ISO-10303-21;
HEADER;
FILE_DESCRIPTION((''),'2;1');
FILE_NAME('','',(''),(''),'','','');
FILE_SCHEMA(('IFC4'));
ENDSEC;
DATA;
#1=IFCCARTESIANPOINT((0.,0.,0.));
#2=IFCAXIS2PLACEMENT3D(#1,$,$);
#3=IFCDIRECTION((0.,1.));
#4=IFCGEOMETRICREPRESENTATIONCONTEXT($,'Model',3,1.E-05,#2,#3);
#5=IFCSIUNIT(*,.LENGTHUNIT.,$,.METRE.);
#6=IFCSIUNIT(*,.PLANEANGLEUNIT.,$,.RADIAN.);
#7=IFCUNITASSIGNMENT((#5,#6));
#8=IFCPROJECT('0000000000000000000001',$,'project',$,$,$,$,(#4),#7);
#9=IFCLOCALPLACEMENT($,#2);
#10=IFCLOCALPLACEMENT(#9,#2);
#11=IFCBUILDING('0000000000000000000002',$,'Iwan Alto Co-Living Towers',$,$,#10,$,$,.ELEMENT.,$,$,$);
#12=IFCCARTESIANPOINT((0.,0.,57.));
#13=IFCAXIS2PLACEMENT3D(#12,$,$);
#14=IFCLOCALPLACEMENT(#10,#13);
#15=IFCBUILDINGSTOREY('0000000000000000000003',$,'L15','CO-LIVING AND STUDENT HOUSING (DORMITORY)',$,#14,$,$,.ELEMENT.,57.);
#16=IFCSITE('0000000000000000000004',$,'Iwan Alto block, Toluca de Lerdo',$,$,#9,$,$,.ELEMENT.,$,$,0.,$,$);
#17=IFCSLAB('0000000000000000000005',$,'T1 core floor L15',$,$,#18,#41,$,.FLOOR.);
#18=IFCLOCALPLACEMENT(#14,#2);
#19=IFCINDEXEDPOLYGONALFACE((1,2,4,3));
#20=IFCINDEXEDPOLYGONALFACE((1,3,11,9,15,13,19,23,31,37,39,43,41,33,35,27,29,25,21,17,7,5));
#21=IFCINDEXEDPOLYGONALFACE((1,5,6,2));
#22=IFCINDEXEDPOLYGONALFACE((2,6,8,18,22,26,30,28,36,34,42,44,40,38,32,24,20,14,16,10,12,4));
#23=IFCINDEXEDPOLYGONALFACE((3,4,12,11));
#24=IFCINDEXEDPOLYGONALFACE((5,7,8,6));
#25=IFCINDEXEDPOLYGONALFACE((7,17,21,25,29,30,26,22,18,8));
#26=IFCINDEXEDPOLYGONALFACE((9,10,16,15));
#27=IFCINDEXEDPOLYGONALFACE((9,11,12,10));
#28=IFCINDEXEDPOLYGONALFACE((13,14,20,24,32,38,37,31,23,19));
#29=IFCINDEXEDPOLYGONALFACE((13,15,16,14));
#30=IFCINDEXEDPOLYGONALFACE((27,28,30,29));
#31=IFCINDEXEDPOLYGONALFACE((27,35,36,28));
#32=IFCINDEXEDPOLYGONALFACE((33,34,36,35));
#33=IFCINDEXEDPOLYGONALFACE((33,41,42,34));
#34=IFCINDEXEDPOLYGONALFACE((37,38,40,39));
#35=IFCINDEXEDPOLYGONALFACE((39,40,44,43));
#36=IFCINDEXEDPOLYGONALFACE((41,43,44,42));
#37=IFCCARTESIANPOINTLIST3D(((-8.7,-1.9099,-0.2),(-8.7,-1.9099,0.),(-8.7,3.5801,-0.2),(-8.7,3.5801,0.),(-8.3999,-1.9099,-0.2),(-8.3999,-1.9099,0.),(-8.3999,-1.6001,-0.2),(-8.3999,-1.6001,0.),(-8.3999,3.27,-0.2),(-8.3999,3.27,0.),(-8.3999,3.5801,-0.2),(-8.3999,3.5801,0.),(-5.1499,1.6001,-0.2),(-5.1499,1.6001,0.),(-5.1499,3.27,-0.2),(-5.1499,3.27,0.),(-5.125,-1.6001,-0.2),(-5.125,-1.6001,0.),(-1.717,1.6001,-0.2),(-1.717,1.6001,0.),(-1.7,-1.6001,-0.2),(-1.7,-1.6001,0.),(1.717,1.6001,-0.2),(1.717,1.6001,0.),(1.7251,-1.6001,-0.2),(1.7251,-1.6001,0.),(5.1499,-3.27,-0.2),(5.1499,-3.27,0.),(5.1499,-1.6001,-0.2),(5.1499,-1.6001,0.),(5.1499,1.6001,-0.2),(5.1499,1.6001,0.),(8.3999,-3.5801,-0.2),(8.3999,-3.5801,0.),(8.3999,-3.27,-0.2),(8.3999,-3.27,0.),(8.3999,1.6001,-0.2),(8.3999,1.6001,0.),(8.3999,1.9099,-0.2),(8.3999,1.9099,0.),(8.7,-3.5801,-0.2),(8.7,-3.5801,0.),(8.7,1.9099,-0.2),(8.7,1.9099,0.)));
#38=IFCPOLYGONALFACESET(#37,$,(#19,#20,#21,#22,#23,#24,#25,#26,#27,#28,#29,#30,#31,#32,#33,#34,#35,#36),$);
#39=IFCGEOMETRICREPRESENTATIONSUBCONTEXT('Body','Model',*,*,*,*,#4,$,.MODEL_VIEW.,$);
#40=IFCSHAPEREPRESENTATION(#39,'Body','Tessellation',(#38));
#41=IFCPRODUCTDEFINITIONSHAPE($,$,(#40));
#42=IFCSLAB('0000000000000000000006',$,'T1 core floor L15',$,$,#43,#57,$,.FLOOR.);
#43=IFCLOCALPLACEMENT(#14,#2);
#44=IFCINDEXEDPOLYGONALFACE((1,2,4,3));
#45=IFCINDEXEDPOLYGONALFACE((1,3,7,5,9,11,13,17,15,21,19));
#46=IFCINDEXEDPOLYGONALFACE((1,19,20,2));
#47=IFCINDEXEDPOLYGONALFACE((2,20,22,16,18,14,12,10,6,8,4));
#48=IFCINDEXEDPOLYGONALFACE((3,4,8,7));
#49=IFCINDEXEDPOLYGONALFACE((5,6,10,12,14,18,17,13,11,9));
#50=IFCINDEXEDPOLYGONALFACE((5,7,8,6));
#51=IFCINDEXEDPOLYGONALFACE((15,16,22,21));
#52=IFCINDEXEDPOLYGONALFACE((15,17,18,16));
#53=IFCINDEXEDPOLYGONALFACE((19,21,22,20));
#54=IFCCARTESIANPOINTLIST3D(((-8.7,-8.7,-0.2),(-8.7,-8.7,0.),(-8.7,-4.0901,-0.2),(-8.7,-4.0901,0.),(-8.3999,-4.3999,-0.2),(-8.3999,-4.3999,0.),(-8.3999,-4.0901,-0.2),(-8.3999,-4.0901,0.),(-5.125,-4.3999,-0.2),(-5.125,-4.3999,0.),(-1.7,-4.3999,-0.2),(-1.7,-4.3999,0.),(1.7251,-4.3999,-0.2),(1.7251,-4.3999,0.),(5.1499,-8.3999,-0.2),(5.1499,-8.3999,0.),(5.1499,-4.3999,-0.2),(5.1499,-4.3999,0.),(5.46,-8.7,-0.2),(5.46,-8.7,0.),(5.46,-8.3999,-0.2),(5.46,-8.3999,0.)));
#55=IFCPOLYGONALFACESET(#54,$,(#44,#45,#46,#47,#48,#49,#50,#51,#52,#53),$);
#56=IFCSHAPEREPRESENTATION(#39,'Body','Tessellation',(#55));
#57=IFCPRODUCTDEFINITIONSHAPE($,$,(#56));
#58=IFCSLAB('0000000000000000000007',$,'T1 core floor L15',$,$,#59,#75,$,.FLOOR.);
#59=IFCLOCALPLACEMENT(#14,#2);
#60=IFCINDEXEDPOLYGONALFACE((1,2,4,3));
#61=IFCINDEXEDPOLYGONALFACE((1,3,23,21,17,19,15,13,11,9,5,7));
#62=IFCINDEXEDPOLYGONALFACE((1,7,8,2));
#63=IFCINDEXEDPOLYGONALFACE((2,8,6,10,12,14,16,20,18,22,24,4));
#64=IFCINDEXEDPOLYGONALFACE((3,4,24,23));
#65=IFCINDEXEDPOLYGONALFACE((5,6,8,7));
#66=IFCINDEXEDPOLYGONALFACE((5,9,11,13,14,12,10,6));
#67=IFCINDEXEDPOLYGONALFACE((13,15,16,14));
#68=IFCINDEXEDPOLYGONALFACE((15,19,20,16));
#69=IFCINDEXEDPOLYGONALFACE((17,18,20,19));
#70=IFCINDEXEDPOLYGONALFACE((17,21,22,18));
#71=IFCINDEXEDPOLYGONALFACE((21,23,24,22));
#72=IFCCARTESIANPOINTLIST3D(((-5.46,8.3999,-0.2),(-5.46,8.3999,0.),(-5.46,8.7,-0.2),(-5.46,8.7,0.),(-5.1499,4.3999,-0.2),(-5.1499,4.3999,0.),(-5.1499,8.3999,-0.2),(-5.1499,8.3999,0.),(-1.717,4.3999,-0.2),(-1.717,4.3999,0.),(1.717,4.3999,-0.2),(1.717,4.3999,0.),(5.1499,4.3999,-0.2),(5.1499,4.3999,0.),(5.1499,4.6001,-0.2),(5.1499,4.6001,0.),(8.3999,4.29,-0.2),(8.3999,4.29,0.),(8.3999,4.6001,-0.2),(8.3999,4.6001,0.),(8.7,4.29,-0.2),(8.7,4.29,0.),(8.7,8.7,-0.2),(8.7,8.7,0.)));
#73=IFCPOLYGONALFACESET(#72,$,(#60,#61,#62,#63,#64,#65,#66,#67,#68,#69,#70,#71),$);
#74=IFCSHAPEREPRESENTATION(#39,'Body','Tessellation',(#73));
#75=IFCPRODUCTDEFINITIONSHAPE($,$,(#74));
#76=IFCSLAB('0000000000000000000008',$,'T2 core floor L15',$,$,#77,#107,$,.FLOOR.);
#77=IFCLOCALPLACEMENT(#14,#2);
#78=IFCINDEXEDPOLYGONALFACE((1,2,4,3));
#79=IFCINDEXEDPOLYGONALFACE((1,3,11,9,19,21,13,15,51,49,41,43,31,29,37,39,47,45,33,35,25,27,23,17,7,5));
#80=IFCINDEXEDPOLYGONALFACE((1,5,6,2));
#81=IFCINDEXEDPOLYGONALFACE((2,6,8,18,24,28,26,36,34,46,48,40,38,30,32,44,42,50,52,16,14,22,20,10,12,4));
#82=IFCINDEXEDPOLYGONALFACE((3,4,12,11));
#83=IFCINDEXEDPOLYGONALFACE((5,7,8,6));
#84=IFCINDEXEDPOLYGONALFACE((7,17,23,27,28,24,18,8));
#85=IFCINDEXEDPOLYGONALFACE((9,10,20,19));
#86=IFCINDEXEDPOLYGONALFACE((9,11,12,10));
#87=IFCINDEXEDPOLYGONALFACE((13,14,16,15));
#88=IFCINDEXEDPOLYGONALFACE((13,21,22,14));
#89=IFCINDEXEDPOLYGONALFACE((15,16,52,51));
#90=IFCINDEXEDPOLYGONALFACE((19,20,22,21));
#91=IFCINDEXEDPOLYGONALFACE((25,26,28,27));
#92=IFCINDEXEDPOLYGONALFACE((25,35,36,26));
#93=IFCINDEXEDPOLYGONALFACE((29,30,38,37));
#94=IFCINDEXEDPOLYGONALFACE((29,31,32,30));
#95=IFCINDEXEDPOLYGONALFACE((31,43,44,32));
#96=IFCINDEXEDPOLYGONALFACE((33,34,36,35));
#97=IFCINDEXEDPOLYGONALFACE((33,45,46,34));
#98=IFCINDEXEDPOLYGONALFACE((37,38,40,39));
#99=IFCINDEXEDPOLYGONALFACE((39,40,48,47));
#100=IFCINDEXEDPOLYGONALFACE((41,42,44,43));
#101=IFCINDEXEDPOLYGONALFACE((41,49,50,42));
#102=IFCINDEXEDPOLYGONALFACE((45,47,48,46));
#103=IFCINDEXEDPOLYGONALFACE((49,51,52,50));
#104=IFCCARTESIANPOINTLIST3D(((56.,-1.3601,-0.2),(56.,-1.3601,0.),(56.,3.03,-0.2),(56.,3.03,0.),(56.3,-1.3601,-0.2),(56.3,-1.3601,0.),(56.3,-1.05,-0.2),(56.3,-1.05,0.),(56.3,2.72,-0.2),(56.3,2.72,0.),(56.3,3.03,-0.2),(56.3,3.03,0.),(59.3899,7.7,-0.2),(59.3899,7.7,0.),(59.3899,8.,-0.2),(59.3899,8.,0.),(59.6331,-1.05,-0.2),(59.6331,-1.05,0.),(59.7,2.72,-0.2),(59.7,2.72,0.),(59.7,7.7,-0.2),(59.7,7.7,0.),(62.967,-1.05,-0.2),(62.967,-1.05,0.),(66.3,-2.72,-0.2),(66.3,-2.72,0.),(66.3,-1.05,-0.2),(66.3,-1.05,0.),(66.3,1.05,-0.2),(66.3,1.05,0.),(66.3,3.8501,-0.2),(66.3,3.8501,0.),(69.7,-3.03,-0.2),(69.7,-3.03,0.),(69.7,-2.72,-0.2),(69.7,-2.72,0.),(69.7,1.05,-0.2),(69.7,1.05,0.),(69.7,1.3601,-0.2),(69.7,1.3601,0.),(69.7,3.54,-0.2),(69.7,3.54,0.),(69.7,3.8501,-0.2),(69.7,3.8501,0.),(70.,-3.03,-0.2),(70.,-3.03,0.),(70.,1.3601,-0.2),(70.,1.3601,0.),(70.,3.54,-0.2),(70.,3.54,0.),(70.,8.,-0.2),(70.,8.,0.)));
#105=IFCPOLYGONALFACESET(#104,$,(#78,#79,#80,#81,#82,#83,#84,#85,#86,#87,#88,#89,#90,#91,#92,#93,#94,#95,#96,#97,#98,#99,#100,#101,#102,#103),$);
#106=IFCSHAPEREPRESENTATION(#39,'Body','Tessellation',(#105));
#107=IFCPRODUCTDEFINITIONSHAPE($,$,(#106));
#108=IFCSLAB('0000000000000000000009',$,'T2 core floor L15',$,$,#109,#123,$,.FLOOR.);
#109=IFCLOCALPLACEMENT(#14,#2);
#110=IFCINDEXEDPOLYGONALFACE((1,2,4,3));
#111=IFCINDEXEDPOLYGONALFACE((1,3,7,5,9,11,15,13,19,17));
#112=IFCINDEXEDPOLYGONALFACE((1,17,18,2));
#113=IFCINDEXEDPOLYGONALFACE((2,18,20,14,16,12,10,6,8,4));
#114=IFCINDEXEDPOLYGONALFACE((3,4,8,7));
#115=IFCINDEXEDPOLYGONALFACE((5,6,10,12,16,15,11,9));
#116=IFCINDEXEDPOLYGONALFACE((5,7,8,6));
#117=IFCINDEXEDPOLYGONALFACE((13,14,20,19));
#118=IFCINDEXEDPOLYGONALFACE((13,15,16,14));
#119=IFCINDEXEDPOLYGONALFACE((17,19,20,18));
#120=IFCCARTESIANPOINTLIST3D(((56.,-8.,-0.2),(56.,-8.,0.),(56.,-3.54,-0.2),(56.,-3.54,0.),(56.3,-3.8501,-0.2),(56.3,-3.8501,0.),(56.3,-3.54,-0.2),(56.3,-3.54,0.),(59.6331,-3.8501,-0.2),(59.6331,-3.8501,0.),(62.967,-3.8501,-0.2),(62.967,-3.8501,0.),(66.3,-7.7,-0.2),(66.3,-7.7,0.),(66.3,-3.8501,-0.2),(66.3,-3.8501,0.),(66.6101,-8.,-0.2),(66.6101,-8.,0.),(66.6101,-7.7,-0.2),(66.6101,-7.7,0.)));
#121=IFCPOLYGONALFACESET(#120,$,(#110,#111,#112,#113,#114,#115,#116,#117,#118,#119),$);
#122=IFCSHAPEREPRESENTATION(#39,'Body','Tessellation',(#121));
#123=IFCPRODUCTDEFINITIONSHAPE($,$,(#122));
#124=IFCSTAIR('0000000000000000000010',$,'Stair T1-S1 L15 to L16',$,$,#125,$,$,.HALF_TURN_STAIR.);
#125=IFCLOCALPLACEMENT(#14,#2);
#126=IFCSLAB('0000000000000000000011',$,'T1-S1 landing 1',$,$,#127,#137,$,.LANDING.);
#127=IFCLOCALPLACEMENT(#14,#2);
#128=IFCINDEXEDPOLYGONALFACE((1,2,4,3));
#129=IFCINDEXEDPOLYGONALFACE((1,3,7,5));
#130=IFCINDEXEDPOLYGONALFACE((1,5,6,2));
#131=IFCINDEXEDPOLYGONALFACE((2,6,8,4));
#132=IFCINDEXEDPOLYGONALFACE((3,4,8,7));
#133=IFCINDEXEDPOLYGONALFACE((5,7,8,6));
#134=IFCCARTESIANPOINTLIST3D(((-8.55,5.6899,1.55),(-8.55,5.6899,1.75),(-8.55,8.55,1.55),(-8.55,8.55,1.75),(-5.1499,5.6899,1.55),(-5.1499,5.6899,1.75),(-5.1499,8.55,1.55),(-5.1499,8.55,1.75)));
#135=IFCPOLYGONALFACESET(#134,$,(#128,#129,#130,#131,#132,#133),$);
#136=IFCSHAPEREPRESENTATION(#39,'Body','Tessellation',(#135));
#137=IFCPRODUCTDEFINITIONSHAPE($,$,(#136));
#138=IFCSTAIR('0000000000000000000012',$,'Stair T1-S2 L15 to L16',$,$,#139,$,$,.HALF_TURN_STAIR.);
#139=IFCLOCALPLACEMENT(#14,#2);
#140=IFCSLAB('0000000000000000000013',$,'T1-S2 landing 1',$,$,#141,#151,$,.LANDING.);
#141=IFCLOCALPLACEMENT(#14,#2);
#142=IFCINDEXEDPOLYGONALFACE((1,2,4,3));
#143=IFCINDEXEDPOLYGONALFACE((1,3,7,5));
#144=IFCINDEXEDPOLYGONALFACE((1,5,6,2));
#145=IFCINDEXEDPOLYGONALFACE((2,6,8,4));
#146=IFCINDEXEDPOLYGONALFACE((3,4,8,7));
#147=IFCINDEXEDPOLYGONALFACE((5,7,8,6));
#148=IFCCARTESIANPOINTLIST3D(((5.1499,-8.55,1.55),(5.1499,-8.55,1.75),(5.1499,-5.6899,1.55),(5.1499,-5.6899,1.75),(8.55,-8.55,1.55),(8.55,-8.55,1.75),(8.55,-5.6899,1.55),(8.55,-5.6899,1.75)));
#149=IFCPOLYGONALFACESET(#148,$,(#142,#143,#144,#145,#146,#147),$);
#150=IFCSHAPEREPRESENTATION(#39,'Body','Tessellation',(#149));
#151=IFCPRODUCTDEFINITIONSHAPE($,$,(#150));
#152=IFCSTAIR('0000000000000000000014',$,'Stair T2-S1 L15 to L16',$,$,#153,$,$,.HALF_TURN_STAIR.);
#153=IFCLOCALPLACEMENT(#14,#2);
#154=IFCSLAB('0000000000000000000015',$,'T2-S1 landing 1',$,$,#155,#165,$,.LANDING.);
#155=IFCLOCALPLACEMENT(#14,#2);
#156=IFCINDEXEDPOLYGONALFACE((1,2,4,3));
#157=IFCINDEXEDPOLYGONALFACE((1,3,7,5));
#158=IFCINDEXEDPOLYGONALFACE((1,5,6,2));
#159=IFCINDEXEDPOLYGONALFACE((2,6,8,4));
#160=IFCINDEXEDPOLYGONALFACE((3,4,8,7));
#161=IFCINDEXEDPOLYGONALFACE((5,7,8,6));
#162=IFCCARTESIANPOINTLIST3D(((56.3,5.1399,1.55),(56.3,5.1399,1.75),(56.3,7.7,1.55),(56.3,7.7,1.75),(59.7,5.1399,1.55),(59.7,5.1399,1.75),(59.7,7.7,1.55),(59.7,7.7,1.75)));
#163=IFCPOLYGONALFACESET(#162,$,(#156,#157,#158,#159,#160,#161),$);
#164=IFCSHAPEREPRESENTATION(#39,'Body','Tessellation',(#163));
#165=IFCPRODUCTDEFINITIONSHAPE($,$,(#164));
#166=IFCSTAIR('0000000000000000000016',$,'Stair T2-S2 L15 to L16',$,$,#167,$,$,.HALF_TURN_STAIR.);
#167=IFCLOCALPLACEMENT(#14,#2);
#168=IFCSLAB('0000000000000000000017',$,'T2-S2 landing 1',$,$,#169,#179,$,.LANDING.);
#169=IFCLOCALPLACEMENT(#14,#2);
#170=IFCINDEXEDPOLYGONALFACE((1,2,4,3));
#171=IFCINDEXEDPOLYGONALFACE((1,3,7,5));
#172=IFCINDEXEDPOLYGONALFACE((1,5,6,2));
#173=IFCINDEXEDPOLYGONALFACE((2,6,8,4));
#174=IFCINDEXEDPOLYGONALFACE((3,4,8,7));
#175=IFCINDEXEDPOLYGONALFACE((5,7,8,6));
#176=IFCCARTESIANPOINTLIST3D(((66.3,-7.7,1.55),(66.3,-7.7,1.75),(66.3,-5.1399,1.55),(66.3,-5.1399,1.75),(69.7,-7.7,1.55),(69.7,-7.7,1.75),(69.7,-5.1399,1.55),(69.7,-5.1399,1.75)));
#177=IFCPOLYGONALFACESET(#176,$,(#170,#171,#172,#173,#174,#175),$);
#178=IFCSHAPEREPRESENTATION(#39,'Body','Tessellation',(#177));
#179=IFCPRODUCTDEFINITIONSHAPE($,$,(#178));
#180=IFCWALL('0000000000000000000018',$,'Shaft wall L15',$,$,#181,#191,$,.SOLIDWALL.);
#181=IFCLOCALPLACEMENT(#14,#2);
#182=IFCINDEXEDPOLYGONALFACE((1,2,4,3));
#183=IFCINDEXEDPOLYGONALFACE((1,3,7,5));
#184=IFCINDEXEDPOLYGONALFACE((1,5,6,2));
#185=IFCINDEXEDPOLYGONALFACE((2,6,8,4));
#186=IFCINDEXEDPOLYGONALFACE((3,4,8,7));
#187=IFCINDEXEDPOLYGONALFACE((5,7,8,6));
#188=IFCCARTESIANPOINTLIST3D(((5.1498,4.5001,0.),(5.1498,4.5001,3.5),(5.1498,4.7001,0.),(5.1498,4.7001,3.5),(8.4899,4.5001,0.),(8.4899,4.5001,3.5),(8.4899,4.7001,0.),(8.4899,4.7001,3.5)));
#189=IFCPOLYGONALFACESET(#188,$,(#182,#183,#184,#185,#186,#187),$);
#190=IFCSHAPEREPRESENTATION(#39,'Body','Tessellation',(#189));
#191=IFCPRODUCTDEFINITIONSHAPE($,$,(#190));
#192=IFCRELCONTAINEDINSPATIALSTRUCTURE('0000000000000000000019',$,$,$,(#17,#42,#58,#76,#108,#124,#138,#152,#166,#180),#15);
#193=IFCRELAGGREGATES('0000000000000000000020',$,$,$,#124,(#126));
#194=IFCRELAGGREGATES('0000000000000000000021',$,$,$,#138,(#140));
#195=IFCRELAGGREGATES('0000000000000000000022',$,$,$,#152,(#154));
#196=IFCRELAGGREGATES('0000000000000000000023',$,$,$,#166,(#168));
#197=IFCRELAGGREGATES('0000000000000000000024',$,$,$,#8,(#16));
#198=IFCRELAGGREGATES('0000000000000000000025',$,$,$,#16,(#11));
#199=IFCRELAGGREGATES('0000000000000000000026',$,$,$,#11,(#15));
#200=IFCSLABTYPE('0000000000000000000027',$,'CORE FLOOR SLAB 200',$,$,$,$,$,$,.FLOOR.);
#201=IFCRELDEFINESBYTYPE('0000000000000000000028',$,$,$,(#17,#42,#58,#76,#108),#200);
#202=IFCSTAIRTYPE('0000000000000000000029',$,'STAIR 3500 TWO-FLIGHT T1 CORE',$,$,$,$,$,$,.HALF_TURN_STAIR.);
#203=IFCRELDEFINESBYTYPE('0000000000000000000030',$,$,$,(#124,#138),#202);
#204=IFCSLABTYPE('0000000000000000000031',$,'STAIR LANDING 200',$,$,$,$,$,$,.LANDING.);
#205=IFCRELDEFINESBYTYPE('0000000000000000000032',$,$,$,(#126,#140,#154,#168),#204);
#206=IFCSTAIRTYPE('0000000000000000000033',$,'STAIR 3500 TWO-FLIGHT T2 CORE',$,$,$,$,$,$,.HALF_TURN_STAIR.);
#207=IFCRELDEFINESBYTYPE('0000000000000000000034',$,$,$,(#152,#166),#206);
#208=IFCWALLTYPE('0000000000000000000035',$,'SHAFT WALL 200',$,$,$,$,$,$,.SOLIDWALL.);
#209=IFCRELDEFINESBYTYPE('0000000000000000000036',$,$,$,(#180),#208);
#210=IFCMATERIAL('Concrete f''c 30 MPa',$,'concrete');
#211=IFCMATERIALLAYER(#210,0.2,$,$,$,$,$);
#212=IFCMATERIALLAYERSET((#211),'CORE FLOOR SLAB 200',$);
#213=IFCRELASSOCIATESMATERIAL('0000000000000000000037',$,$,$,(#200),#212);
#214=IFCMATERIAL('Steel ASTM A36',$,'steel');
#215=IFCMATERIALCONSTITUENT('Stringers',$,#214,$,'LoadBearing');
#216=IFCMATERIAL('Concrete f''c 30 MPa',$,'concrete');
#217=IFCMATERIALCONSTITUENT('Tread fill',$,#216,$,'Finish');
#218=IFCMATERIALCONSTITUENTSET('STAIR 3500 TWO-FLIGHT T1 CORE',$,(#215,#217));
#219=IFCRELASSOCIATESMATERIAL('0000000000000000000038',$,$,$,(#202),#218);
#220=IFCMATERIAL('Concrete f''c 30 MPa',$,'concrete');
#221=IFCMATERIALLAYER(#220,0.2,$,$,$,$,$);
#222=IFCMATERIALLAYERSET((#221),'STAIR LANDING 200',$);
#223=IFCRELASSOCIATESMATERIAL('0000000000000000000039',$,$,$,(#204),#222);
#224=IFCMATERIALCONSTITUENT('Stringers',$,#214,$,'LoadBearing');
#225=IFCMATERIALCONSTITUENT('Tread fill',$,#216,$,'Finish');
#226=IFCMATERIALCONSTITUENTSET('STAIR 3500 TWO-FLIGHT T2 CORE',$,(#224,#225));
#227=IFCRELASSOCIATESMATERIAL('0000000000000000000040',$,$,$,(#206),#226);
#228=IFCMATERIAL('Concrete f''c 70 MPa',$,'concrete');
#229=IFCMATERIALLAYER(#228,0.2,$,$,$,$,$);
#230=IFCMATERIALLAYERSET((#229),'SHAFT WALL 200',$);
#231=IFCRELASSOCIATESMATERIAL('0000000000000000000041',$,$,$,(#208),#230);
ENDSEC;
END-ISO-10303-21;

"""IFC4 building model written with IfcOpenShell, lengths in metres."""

from ifc_helpers import new_model, si_unit, direction, frame, frame_2d, origin, place, context, subcontext, project, spatial, polyline, rectangle, outline, extrude, material, layer, layer_set, constituent, constituent_set, type_object, element, aggregate, save


model = new_model("IFC4")

# Units and contexts
model_context = context("Model", 3, precision=1e-05, world=origin(), true_north=direction((0.0, 1.0)))
body_context = subcontext(model_context, "Body", "Model", "MODEL_VIEW")
ifc_project = project(units=[si_unit("LENGTHUNIT", "METRE"), si_unit("PLANEANGLEUNIT", "RADIAN")], contexts=[model_context])

# Site, building, storey
site_placement = place(None, origin())
site = spatial("IfcSite", under=ifc_project, at=site_placement, Name="Iwan Alto block, Toluca de Lerdo", CompositionType="ELEMENT", RefElevation=0.0)
building_placement = place(site_placement, origin())
building = spatial("IfcBuilding", under=site, at=building_placement, Name="Iwan Alto Co-Living Towers", CompositionType="ELEMENT")
storey_placement = place(building_placement, frame((0.0, 0.0, 57.0)))
storey = spatial("IfcBuildingStorey", under=building, at=storey_placement, Name="L15", Description="CO-LIVING AND STUDENT HOUSING (DORMITORY)", CompositionType="ELEMENT", Elevation=57.0)

# Slabs
ifc_material_1 = material(Name="Concrete f'c 30 MPa", Category="concrete")
ifc_layer_1 = layer(ifc_material_1, 0.2)
ifc_layer_set_1 = layer_set([ifc_layer_1], Name="CORE FLOOR SLAB 200")
slab_type_1 = type_object("IfcSlabType", Name="CORE FLOOR SLAB 200", PredefinedType="FLOOR", material=ifc_layer_set_1)
slab_1_placement = place(storey_placement, frame((0.0, 0.0, -0.2)))
element("IfcSlab", 1, at=slab_1_placement, inside=storey, type_object=slab_type_1, Name="T1 core floor L15", PredefinedType="FLOOR", context=body_context, shape_type="SweptSolid", body=[
    extrude(outline(polyline([(8.7, -3.5801), (8.3999, -3.5801), (8.3999, -3.27), (5.1499, -3.27), (5.1499, -1.6001), (1.7251, -1.6001), (-1.7, -1.6001), (-5.125, -1.6001), (-8.3999, -1.6001), (-8.3999, -1.9099), (-8.7, -1.9099), (-8.7, 3.5801), (-8.3999, 3.5801), (-8.3999, 3.27), (-5.1499, 3.27), (-5.1499, 1.6001), (-1.717, 1.6001), (1.717, 1.6001), (5.1499, 1.6001), (8.3999, 1.6001), (8.3999, 1.9099), (8.7, 1.9099), (8.7, -3.5801)])), origin(), (0.0, 0.0, 1.0), 0.2),
])
slab_2_placement = place(storey_placement, frame((0.0, 0.0, -0.2)))
element("IfcSlab", 2, at=slab_2_placement, inside=storey, type_object=slab_type_1, Name="T1 core floor L15", PredefinedType="FLOOR", context=body_context, shape_type="SweptSolid", body=[
    extrude(outline(polyline([(-1.7, -4.3999), (1.7251, -4.3999), (5.1499, -4.3999), (5.1499, -8.3999), (5.46, -8.3999), (5.46, -8.7), (-8.7, -8.7), (-8.7, -4.0901), (-8.3999, -4.0901), (-8.3999, -4.3999), (-5.125, -4.3999), (-1.7, -4.3999)])), origin(), (0.0, 0.0, 1.0), 0.2),
])
slab_3_placement = place(storey_placement, frame((0.0, 0.0, -0.2)))
element("IfcSlab", 3, at=slab_3_placement, inside=storey, type_object=slab_type_1, Name="T1 core floor L15", PredefinedType="FLOOR", context=body_context, shape_type="SweptSolid", body=[
    extrude(outline(polyline([(1.717, 4.3999), (-1.717, 4.3999), (-5.1499, 4.3999), (-5.1499, 8.3999), (-5.46, 8.3999), (-5.46, 8.7), (8.7, 8.7), (8.7, 4.29), (8.3999, 4.29), (8.3999, 4.6001), (5.1499, 4.6001), (5.1499, 4.3999), (1.717, 4.3999)])), origin(), (0.0, 0.0, 1.0), 0.2),
])
slab_4_placement = place(storey_placement, frame((0.0, 0.0, -0.2)))
element("IfcSlab", 4, at=slab_4_placement, inside=storey, type_object=slab_type_1, Name="T2 core floor L15", PredefinedType="FLOOR", context=body_context, shape_type="SweptSolid", body=[
    extrude(outline(polyline([(70.0, -3.03), (69.7, -3.03), (69.7, -2.72), (66.3, -2.72), (66.3, -1.05), (62.967, -1.05), (59.6331, -1.05), (56.3, -1.05), (56.3, -1.3601), (56.0, -1.3601), (56.0, 3.03), (56.3, 3.03), (56.3, 2.72), (59.7, 2.72), (59.7, 7.7), (59.3899, 7.7), (59.3899, 8.0), (70.0, 8.0), (70.0, 3.54), (69.7, 3.54), (69.7, 3.8501), (66.3, 3.8501), (66.3, 1.05), (69.7, 1.05), (69.7, 1.3601), (70.0, 1.3601), (70.0, -3.03)])), origin(), (0.0, 0.0, 1.0), 0.2),
])
slab_5_placement = place(storey_placement, frame((0.0, 0.0, -0.2)))
element("IfcSlab", 5, at=slab_5_placement, inside=storey, type_object=slab_type_1, Name="T2 core floor L15", PredefinedType="FLOOR", context=body_context, shape_type="SweptSolid", body=[
    extrude(outline(polyline([(62.967, -3.8501), (66.3, -3.8501), (66.3, -7.7), (66.6101, -7.7), (66.6101, -8.0), (56.0, -8.0), (56.0, -3.54), (56.3, -3.54), (56.3, -3.8501), (59.6331, -3.8501), (62.967, -3.8501)])), origin(), (0.0, 0.0, 1.0), 0.2),
])

# Stairs, slabs
ifc_material_2 = material(Name="Steel ASTM A36", Category="steel")
ifc_constituent_1 = constituent(ifc_material_2, Name="Stringers", Category="LoadBearing")
ifc_material_3 = material(Name="Concrete f'c 30 MPa", Category="concrete")
ifc_constituent_2 = constituent(ifc_material_3, Name="Tread fill", Category="Finish")
ifc_constituent_set_1 = constituent_set(constituents=[ifc_constituent_1, ifc_constituent_2], Name="STAIR 3500 TWO-FLIGHT T1 CORE")
stair_type_1 = type_object("IfcStairType", Name="STAIR 3500 TWO-FLIGHT T1 CORE", PredefinedType="HALF_TURN_STAIR", material=ifc_constituent_set_1)
stair_1_placement = place(storey_placement, origin())
stair_1 = element("IfcStair", 6, at=stair_1_placement, inside=storey, type_object=stair_type_1, Name="Stair T1-S1 L15 to L16", PredefinedType="HALF_TURN_STAIR")
ifc_material_4 = material(Name="Concrete f'c 30 MPa", Category="concrete")
ifc_layer_2 = layer(ifc_material_4, 0.2)
ifc_layer_set_2 = layer_set([ifc_layer_2], Name="STAIR LANDING 200")
slab_type_2 = type_object("IfcSlabType", Name="STAIR LANDING 200", PredefinedType="LANDING", material=ifc_layer_set_2)
slab_6_placement = place(storey_placement, frame((0.0, 0.0, 1.55)))
slab_6 = element("IfcSlab", 7, at=slab_6_placement, type_object=slab_type_2, Name="T1-S1 landing 1", PredefinedType="LANDING", context=body_context, shape_type="SweptSolid", body=[
    extrude(outline(polyline([(-8.55, 5.6899), (-8.55, 8.55), (-5.1499, 8.55), (-5.1499, 5.6899), (-8.55, 5.6899)])), origin(), (0.0, 0.0, 1.0), 0.2),
])
aggregate(stair_1, [slab_6])
stair_2_placement = place(storey_placement, origin())
stair_2 = element("IfcStair", 8, at=stair_2_placement, inside=storey, type_object=stair_type_1, Name="Stair T1-S2 L15 to L16", PredefinedType="HALF_TURN_STAIR")
slab_7_placement = place(storey_placement, frame((0.0, 0.0, 1.55)))
slab_7 = element("IfcSlab", 9, at=slab_7_placement, type_object=slab_type_2, Name="T1-S2 landing 1", PredefinedType="LANDING", context=body_context, shape_type="SweptSolid", body=[
    extrude(outline(polyline([(5.1499, -5.6899), (5.1499, -8.55), (8.55, -8.55), (8.55, -5.6899), (5.1499, -5.6899)])), origin(), (0.0, 0.0, 1.0), 0.2),
])
aggregate(stair_2, [slab_7])
ifc_constituent_3 = constituent(ifc_material_2, Name="Stringers", Category="LoadBearing")
ifc_constituent_4 = constituent(ifc_material_3, Name="Tread fill", Category="Finish")
ifc_constituent_set_2 = constituent_set(constituents=[ifc_constituent_3, ifc_constituent_4], Name="STAIR 3500 TWO-FLIGHT T2 CORE")
stair_type_2 = type_object("IfcStairType", Name="STAIR 3500 TWO-FLIGHT T2 CORE", PredefinedType="HALF_TURN_STAIR", material=ifc_constituent_set_2)
stair_3_placement = place(storey_placement, origin())
stair_3 = element("IfcStair", 10, at=stair_3_placement, inside=storey, type_object=stair_type_2, Name="Stair T2-S1 L15 to L16", PredefinedType="HALF_TURN_STAIR")
slab_8_placement = place(storey_placement, frame((0.0, 0.0, 1.55)))
slab_8 = element("IfcSlab", 11, at=slab_8_placement, type_object=slab_type_2, Name="T2-S1 landing 1", PredefinedType="LANDING", context=body_context, shape_type="SweptSolid", body=[
    extrude(outline(polyline([(56.3, 5.1399), (56.3, 7.7), (59.7, 7.7), (59.7, 5.1399), (56.3, 5.1399)])), origin(), (0.0, 0.0, 1.0), 0.2),
])
aggregate(stair_3, [slab_8])
stair_4_placement = place(storey_placement, origin())
stair_4 = element("IfcStair", 12, at=stair_4_placement, inside=storey, type_object=stair_type_2, Name="Stair T2-S2 L15 to L16", PredefinedType="HALF_TURN_STAIR")
slab_9_placement = place(storey_placement, frame((0.0, 0.0, 1.55)))
slab_9 = element("IfcSlab", 13, at=slab_9_placement, type_object=slab_type_2, Name="T2-S2 landing 1", PredefinedType="LANDING", context=body_context, shape_type="SweptSolid", body=[
    extrude(outline(polyline([(66.3, -5.1399), (66.3, -7.7), (69.7, -7.7), (69.7, -5.1399), (66.3, -5.1399)])), origin(), (0.0, 0.0, 1.0), 0.2),
])
aggregate(stair_4, [slab_9])

# Wall
ifc_material_5 = material(Name="Concrete f'c 70 MPa", Category="concrete")
ifc_layer_3 = layer(ifc_material_5, 0.2)
ifc_layer_set_3 = layer_set([ifc_layer_3], Name="SHAFT WALL 200")
wall_type_1 = type_object("IfcWallType", Name="SHAFT WALL 200", PredefinedType="SOLIDWALL", material=ifc_layer_set_3)
wall_1_placement = place(storey_placement, frame((5.1499, 4.6001, 0.0), z_axis=(0.0, 0.0, 1.0), x_axis=(1.0, 0.0, 0.0)))
element("IfcWall", 14, at=wall_1_placement, inside=storey, type_object=wall_type_1, Name="Shaft wall L15", PredefinedType="SOLIDWALL", context=body_context, shape_type="SweptSolid", body=[
    extrude(rectangle(XDim=3.3401, YDim=0.2, at=frame_2d((1.6699, 0.0))), origin(), (0.0, 0.0, 1.0), 3.5),
])

save(model, "model.ifc")
